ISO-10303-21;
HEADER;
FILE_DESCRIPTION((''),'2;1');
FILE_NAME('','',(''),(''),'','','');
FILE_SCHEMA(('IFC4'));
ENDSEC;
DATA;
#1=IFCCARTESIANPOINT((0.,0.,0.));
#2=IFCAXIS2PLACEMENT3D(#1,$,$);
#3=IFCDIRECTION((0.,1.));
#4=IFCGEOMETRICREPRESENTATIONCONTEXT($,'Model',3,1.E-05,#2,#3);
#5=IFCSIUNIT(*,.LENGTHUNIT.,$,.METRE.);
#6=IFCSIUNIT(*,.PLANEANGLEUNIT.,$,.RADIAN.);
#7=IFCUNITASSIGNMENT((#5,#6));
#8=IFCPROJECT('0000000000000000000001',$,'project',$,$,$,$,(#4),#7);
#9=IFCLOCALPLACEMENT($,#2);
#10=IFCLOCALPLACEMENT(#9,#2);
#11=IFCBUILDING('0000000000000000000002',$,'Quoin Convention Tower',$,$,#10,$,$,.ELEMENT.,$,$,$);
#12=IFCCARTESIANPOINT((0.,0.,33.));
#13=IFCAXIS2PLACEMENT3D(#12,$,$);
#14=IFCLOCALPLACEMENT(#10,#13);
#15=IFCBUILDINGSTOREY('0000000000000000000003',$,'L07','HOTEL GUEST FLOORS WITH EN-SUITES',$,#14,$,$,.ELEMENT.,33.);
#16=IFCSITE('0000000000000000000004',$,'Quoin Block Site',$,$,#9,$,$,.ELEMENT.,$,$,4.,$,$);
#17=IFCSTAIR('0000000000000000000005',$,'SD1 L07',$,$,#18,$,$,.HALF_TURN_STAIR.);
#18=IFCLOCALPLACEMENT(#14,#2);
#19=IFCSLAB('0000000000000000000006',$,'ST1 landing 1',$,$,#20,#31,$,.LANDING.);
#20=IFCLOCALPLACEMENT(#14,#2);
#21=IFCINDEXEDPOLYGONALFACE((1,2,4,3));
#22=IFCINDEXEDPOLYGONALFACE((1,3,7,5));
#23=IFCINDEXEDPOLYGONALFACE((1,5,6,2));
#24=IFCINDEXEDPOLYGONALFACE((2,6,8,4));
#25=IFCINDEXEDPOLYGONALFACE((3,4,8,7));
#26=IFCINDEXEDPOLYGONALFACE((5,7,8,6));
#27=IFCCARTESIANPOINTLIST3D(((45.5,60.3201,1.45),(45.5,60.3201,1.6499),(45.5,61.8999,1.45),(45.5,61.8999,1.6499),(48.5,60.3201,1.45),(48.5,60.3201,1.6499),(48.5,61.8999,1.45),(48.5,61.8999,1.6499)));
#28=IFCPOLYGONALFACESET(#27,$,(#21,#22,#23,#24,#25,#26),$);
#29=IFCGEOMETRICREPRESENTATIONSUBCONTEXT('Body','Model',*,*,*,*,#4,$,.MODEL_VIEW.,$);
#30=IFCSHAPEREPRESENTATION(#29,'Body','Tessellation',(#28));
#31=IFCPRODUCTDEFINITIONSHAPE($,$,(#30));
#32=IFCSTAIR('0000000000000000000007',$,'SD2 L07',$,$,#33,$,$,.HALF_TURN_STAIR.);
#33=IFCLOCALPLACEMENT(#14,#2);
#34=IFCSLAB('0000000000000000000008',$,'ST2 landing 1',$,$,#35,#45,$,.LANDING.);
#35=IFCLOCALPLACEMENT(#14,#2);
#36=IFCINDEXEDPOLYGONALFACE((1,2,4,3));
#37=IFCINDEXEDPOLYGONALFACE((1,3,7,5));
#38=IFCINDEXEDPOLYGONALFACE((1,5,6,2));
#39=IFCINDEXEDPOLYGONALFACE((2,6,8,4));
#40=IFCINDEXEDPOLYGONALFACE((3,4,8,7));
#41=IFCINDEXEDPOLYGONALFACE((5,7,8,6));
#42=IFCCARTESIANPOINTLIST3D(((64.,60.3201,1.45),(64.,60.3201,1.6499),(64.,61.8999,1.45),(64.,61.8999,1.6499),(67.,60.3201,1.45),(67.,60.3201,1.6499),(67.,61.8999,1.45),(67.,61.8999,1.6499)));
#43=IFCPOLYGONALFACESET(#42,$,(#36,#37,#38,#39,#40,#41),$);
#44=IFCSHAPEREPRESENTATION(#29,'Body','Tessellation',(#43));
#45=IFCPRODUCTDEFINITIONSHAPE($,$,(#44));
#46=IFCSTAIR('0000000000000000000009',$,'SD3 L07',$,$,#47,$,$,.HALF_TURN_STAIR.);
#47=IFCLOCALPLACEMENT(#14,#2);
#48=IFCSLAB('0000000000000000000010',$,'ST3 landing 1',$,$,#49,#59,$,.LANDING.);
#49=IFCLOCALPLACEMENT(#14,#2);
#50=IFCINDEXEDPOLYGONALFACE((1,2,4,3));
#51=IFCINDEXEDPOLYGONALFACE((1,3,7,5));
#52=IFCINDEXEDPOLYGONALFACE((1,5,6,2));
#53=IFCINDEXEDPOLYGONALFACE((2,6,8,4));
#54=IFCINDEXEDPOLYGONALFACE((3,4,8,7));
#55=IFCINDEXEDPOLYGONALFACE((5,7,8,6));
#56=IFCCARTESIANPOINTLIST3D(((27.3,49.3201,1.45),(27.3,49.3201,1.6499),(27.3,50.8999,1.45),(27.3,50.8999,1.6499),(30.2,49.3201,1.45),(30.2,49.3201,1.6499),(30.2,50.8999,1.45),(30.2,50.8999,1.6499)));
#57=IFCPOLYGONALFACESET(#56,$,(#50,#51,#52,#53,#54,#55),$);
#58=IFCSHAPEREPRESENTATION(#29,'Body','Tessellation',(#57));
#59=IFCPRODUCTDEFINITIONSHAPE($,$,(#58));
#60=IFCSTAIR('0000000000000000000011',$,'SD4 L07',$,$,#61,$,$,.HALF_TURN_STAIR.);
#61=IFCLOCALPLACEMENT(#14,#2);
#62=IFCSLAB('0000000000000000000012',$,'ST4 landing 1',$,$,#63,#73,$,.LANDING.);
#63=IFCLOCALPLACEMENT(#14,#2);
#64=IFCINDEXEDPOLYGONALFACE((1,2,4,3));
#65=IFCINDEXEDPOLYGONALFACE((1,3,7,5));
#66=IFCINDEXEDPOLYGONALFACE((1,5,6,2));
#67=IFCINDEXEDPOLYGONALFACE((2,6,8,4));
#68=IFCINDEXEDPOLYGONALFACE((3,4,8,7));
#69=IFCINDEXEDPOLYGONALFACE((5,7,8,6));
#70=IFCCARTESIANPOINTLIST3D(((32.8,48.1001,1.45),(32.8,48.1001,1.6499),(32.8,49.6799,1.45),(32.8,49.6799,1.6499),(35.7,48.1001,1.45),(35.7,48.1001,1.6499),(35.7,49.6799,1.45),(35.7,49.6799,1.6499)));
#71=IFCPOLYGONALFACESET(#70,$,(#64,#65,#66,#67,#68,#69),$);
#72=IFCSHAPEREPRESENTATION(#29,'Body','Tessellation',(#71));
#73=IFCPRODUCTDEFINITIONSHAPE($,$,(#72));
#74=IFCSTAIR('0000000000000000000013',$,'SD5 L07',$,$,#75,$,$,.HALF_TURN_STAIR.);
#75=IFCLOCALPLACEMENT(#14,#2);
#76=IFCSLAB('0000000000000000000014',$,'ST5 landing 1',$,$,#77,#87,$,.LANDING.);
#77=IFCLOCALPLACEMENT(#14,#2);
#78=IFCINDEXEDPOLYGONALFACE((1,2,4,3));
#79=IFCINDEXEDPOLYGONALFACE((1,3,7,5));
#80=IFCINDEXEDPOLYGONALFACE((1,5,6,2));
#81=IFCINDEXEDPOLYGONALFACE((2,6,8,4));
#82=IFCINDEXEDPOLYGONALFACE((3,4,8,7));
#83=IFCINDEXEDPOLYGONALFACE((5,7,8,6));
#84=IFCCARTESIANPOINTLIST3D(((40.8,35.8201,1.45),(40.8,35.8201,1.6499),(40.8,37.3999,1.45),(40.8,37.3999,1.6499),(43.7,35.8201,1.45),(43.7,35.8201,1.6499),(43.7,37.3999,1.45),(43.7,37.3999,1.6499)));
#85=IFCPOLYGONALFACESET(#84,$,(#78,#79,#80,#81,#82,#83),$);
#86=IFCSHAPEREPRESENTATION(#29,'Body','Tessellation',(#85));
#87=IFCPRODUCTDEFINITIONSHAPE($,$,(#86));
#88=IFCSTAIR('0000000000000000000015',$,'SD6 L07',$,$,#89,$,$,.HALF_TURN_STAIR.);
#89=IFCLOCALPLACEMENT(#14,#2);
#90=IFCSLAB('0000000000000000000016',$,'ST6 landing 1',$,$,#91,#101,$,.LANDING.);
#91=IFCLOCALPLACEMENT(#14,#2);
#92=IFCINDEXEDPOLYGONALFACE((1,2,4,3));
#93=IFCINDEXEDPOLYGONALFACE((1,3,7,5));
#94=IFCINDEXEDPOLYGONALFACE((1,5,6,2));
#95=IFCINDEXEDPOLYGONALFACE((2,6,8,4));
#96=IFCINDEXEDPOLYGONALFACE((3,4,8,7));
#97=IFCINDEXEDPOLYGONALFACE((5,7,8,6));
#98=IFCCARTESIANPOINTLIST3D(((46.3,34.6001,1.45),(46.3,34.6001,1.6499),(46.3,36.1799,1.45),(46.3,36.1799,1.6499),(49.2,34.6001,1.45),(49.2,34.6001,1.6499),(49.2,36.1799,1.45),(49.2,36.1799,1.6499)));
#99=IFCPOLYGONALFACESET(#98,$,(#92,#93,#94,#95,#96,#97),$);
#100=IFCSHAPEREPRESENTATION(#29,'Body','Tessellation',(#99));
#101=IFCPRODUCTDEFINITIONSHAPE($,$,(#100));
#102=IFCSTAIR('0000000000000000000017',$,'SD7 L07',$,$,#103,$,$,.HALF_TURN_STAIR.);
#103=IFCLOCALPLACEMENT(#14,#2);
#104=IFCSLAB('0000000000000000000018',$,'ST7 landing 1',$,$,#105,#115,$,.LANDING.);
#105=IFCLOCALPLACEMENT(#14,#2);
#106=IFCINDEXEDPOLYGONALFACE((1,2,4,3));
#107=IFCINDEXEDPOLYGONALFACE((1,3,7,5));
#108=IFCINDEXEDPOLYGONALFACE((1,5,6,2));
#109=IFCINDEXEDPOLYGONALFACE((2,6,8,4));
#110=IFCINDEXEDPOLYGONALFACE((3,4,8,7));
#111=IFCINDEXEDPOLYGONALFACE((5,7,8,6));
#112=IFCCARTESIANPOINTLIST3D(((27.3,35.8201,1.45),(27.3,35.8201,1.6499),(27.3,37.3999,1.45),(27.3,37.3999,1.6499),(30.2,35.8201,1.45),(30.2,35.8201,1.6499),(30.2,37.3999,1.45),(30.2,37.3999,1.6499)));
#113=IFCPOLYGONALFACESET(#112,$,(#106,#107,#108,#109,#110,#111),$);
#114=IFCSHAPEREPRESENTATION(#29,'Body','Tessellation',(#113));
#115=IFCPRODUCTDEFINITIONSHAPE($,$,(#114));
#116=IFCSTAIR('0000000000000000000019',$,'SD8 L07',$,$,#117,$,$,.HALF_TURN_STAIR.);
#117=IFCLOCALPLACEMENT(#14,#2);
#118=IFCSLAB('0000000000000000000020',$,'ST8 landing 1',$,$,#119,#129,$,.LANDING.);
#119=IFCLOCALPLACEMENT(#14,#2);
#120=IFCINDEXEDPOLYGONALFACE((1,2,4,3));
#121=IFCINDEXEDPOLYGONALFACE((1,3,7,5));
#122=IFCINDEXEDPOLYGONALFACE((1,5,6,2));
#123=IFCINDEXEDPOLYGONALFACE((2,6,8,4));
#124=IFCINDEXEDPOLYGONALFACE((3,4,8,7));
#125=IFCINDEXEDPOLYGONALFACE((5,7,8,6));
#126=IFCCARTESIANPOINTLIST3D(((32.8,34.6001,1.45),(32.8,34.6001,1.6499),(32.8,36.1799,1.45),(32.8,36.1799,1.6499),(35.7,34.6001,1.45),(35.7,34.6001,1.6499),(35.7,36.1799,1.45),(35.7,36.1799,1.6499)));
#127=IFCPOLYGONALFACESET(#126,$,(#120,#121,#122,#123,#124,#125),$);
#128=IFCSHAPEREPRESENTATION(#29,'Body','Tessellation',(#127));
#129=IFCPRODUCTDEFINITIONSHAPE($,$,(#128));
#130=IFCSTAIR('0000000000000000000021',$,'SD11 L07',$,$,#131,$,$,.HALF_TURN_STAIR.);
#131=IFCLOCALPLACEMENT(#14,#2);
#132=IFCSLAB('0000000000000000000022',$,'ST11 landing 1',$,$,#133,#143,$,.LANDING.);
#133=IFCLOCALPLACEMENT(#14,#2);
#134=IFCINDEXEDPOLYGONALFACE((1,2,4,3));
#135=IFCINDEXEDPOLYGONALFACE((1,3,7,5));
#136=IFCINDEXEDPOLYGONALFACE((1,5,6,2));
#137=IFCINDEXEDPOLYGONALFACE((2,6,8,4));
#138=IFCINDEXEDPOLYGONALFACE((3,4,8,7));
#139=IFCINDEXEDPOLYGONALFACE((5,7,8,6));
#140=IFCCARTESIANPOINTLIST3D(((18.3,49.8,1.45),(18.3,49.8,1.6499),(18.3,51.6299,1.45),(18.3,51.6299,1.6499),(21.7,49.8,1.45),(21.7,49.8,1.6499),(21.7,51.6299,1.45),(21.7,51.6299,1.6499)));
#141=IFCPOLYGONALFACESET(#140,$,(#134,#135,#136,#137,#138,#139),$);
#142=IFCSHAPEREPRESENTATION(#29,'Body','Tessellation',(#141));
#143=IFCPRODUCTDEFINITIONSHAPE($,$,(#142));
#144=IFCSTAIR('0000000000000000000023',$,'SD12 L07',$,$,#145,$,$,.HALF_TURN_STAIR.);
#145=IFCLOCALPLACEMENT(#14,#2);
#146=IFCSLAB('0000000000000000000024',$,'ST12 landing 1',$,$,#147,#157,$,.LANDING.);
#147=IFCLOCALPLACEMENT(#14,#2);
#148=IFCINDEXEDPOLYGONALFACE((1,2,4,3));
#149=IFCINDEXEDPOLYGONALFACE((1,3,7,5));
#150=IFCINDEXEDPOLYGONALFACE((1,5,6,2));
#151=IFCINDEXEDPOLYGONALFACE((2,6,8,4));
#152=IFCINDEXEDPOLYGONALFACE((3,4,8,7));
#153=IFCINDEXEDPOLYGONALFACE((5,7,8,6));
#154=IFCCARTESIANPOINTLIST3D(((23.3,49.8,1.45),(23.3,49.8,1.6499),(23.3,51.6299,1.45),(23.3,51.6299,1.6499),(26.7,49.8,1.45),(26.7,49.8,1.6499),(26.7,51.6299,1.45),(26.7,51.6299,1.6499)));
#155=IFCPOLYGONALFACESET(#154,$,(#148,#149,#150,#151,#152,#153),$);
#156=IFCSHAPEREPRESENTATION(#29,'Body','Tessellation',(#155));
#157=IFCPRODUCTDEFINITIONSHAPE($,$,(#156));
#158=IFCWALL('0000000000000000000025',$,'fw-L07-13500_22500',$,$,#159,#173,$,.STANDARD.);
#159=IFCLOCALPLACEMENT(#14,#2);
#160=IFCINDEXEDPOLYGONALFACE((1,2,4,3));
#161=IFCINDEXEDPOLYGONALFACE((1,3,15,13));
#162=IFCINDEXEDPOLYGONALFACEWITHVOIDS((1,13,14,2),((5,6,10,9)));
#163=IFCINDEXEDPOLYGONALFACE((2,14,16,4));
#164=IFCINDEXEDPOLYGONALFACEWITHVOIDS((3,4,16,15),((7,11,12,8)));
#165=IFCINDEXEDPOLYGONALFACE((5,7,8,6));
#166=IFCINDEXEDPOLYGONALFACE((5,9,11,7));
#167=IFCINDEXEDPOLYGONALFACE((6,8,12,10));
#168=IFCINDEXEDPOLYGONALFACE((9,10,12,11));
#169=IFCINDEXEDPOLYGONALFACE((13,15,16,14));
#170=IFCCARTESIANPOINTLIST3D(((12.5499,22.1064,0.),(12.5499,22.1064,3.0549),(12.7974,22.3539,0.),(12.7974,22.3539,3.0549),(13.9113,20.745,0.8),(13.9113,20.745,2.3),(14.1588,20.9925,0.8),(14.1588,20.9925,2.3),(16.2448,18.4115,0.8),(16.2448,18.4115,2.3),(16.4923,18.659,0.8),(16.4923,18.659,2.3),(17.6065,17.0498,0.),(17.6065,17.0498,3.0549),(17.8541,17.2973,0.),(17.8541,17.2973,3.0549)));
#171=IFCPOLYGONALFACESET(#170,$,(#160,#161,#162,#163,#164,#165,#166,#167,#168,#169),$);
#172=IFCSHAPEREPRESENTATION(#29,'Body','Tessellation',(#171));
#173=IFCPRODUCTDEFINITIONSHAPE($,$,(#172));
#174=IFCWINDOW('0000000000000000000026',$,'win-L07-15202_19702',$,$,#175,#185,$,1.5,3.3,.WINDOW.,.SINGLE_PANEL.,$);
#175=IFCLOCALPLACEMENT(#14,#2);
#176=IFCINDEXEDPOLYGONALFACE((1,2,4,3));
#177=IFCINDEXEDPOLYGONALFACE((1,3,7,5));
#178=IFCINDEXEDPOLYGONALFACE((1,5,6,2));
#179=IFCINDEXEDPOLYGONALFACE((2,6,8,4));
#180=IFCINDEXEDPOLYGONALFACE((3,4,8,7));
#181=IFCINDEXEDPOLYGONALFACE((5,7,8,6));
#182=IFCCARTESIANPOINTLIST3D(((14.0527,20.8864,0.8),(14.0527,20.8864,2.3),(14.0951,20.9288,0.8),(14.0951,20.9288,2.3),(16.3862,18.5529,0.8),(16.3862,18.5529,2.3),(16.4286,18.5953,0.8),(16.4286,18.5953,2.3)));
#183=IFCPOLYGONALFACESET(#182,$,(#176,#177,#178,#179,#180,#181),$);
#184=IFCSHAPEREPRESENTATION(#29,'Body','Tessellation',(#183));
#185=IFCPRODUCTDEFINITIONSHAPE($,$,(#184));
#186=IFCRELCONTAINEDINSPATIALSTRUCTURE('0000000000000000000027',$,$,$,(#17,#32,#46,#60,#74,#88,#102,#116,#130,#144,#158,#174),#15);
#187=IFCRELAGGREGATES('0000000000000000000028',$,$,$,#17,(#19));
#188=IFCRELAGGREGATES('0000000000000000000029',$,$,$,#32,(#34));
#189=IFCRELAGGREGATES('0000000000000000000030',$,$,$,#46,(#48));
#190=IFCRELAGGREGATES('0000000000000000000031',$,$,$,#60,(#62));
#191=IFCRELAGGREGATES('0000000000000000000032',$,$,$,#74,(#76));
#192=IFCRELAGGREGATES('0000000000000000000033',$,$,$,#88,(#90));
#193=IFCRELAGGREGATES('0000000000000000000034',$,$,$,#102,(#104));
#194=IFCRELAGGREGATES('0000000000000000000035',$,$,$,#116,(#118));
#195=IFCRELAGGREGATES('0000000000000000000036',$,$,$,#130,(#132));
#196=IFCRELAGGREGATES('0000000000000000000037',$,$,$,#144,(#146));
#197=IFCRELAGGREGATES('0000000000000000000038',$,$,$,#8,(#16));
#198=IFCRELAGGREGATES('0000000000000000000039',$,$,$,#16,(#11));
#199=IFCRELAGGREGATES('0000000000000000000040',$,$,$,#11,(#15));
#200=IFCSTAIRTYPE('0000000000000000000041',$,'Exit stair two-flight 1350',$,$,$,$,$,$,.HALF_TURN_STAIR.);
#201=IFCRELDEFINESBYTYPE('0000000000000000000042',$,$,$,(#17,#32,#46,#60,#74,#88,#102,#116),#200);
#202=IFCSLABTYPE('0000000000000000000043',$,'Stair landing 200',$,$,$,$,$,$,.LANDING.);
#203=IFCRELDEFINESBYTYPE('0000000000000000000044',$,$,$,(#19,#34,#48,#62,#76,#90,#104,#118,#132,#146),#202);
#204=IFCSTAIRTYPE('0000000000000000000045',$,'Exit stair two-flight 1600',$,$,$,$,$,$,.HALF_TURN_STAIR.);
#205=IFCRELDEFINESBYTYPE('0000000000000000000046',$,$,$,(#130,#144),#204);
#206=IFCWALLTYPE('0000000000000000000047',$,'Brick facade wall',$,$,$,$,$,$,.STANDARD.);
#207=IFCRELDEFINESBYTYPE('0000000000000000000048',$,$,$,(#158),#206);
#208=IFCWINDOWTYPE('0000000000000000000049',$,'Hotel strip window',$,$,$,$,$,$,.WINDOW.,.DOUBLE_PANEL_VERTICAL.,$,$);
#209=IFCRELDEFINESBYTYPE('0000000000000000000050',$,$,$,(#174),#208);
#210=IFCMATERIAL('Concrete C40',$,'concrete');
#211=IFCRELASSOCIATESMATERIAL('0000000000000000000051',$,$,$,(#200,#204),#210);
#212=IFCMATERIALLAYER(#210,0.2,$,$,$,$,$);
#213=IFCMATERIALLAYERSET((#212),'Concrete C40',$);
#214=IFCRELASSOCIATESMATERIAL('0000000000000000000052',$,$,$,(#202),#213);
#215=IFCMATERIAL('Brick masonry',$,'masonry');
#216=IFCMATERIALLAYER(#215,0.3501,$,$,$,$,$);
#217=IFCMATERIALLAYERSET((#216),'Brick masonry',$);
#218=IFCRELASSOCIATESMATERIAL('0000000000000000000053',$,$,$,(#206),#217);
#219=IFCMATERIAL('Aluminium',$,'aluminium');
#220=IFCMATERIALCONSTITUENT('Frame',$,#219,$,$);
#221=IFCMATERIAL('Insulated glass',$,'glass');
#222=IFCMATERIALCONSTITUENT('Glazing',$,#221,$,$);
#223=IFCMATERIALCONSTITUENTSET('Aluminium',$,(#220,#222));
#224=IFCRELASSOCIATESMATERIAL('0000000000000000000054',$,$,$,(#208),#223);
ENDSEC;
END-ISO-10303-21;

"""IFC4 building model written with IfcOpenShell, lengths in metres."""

from ifc_helpers import new_model, si_unit, direction, frame, frame_2d, origin, place, context, subcontext, project, spatial, polyline, rectangle, outline, extrude, material, layer, layer_set, constituent, constituent_set, type_object, element, fill, aggregate, save


model = new_model("IFC4")

# Units and contexts
model_context = context("Model", 3, precision=1e-05, world=origin(), true_north=direction((0.0, 1.0)))
body_context = subcontext(model_context, "Body", "Model", "MODEL_VIEW")
ifc_project = project(units=[si_unit("LENGTHUNIT", "METRE"), si_unit("PLANEANGLEUNIT", "RADIAN")], contexts=[model_context])

# Site, building, storey
site_placement = place(None, origin())
site = spatial("IfcSite", under=ifc_project, at=site_placement, Name="Quoin Block Site", CompositionType="ELEMENT", RefElevation=4.0)
building_placement = place(site_placement, origin())
building = spatial("IfcBuilding", under=site, at=building_placement, Name="Quoin Convention Tower", CompositionType="ELEMENT")
storey_placement = place(building_placement, frame((0.0, 0.0, 33.0)))
storey = spatial("IfcBuildingStorey", under=building, at=storey_placement, Name="L07", Description="HOTEL GUEST FLOORS WITH EN-SUITES", CompositionType="ELEMENT", Elevation=33.0)

# Stairs, slabs
ifc_material_1 = material(Name="Concrete C40", Category="concrete")
stair_type_1 = type_object("IfcStairType", Name="Exit stair two-flight 1350", PredefinedType="HALF_TURN_STAIR", material=ifc_material_1)
stair_1_placement = place(storey_placement, origin())
stair_1 = element("IfcStair", 1, at=stair_1_placement, inside=storey, type_object=stair_type_1, Name="SD1 L07", PredefinedType="HALF_TURN_STAIR")
ifc_layer_1 = layer(ifc_material_1, 0.2)
ifc_layer_set_1 = layer_set([ifc_layer_1], Name="Concrete C40")
slab_type_1 = type_object("IfcSlabType", Name="Stair landing 200", PredefinedType="LANDING", material=ifc_layer_set_1)
slab_1_placement = place(storey_placement, frame((0.0, 0.0, 1.45)))
slab_1 = element("IfcSlab", 2, at=slab_1_placement, type_object=slab_type_1, Name="ST1 landing 1", PredefinedType="LANDING", context=body_context, shape_type="SweptSolid", body=[
    extrude(outline(polyline([(45.5, 60.3201), (48.5, 60.3201), (48.5, 61.8999), (45.5, 61.8999), (45.5, 60.3201)])), origin(), (0.0, 0.0, 1.0), 0.2),
])
aggregate(stair_1, [slab_1])
stair_2_placement = place(storey_placement, origin())
stair_2 = element("IfcStair", 3, at=stair_2_placement, inside=storey, type_object=stair_type_1, Name="SD2 L07", PredefinedType="HALF_TURN_STAIR")
slab_2_placement = place(storey_placement, frame((0.0, 0.0, 1.45)))
slab_2 = element("IfcSlab", 4, at=slab_2_placement, type_object=slab_type_1, Name="ST2 landing 1", PredefinedType="LANDING", context=body_context, shape_type="SweptSolid", body=[
    extrude(outline(polyline([(64.0, 60.3201), (67.0, 60.3201), (67.0, 61.8999), (64.0, 61.8999), (64.0, 60.3201)])), origin(), (0.0, 0.0, 1.0), 0.2),
])
aggregate(stair_2, [slab_2])
stair_3_placement = place(storey_placement, origin())
stair_3 = element("IfcStair", 5, at=stair_3_placement, inside=storey, type_object=stair_type_1, Name="SD3 L07", PredefinedType="HALF_TURN_STAIR")
slab_3_placement = place(storey_placement, frame((0.0, 0.0, 1.45)))
slab_3 = element("IfcSlab", 6, at=slab_3_placement, type_object=slab_type_1, Name="ST3 landing 1", PredefinedType="LANDING", context=body_context, shape_type="SweptSolid", body=[
    extrude(outline(polyline([(27.3, 49.3201), (30.2, 49.3201), (30.2, 50.8999), (27.3, 50.8999), (27.3, 49.3201)])), origin(), (0.0, 0.0, 1.0), 0.2),
])
aggregate(stair_3, [slab_3])
stair_4_placement = place(storey_placement, origin())
stair_4 = element("IfcStair", 7, at=stair_4_placement, inside=storey, type_object=stair_type_1, Name="SD4 L07", PredefinedType="HALF_TURN_STAIR")
slab_4_placement = place(storey_placement, frame((0.0, 0.0, 1.45)))
slab_4 = element("IfcSlab", 8, at=slab_4_placement, type_object=slab_type_1, Name="ST4 landing 1", PredefinedType="LANDING", context=body_context, shape_type="SweptSolid", body=[
    extrude(outline(polyline([(35.7, 49.6799), (32.8, 49.6799), (32.8, 48.1001), (35.7, 48.1001), (35.7, 49.6799)])), origin(), (0.0, 0.0, 1.0), 0.2),
])
aggregate(stair_4, [slab_4])
stair_5_placement = place(storey_placement, origin())
stair_5 = element("IfcStair", 9, at=stair_5_placement, inside=storey, type_object=stair_type_1, Name="SD5 L07", PredefinedType="HALF_TURN_STAIR")
slab_5_placement = place(storey_placement, frame((0.0, 0.0, 1.45)))
slab_5 = element("IfcSlab", 10, at=slab_5_placement, type_object=slab_type_1, Name="ST5 landing 1", PredefinedType="LANDING", context=body_context, shape_type="SweptSolid", body=[
    extrude(outline(polyline([(40.8, 35.8201), (43.7, 35.8201), (43.7, 37.3999), (40.8, 37.3999), (40.8, 35.8201)])), origin(), (0.0, 0.0, 1.0), 0.2),
])
aggregate(stair_5, [slab_5])
stair_6_placement = place(storey_placement, origin())
stair_6 = element("IfcStair", 11, at=stair_6_placement, inside=storey, type_object=stair_type_1, Name="SD6 L07", PredefinedType="HALF_TURN_STAIR")
slab_6_placement = place(storey_placement, frame((0.0, 0.0, 1.45)))
slab_6 = element("IfcSlab", 12, at=slab_6_placement, type_object=slab_type_1, Name="ST6 landing 1", PredefinedType="LANDING", context=body_context, shape_type="SweptSolid", body=[
    extrude(outline(polyline([(49.2, 36.1799), (46.3, 36.1799), (46.3, 34.6001), (49.2, 34.6001), (49.2, 36.1799)])), origin(), (0.0, 0.0, 1.0), 0.2),
])
aggregate(stair_6, [slab_6])
stair_7_placement = place(storey_placement, origin())
stair_7 = element("IfcStair", 13, at=stair_7_placement, inside=storey, type_object=stair_type_1, Name="SD7 L07", PredefinedType="HALF_TURN_STAIR")
slab_7_placement = place(storey_placement, frame((0.0, 0.0, 1.45)))
slab_7 = element("IfcSlab", 14, at=slab_7_placement, type_object=slab_type_1, Name="ST7 landing 1", PredefinedType="LANDING", context=body_context, shape_type="SweptSolid", body=[
    extrude(outline(polyline([(27.3, 35.8201), (30.2, 35.8201), (30.2, 37.3999), (27.3, 37.3999), (27.3, 35.8201)])), origin(), (0.0, 0.0, 1.0), 0.2),
])
aggregate(stair_7, [slab_7])
stair_8_placement = place(storey_placement, origin())
stair_8 = element("IfcStair", 15, at=stair_8_placement, inside=storey, type_object=stair_type_1, Name="SD8 L07", PredefinedType="HALF_TURN_STAIR")
slab_8_placement = place(storey_placement, frame((0.0, 0.0, 1.45)))
slab_8 = element("IfcSlab", 16, at=slab_8_placement, type_object=slab_type_1, Name="ST8 landing 1", PredefinedType="LANDING", context=body_context, shape_type="SweptSolid", body=[
    extrude(outline(polyline([(35.7, 36.1799), (32.8, 36.1799), (32.8, 34.6001), (35.7, 34.6001), (35.7, 36.1799)])), origin(), (0.0, 0.0, 1.0), 0.2),
])
aggregate(stair_8, [slab_8])
stair_type_2 = type_object("IfcStairType", Name="Exit stair two-flight 1600", PredefinedType="HALF_TURN_STAIR", material=ifc_material_1)
stair_9_placement = place(storey_placement, origin())
stair_9 = element("IfcStair", 17, at=stair_9_placement, inside=storey, type_object=stair_type_2, Name="SD11 L07", PredefinedType="HALF_TURN_STAIR")
slab_9_placement = place(storey_placement, frame((0.0, 0.0, 1.45)))
slab_9 = element("IfcSlab", 18, at=slab_9_placement, type_object=slab_type_1, Name="ST11 landing 1", PredefinedType="LANDING", context=body_context, shape_type="SweptSolid", body=[
    extrude(outline(polyline([(21.7, 51.6299), (18.3, 51.6299), (18.3, 49.8), (21.7, 49.8), (21.7, 51.6299)])), origin(), (0.0, 0.0, 1.0), 0.2),
])
aggregate(stair_9, [slab_9])
stair_10_placement = place(storey_placement, origin())
stair_10 = element("IfcStair", 19, at=stair_10_placement, inside=storey, type_object=stair_type_2, Name="SD12 L07", PredefinedType="HALF_TURN_STAIR")
slab_10_placement = place(storey_placement, frame((0.0, 0.0, 1.45)))
slab_10 = element("IfcSlab", 20, at=slab_10_placement, type_object=slab_type_1, Name="ST12 landing 1", PredefinedType="LANDING", context=body_context, shape_type="SweptSolid", body=[
    extrude(outline(polyline([(26.7, 51.6299), (23.3, 51.6299), (23.3, 49.8), (26.7, 49.8), (26.7, 51.6299)])), origin(), (0.0, 0.0, 1.0), 0.2),
])
aggregate(stair_10, [slab_10])

# Wall, opening, window
ifc_material_2 = material(Name="Brick masonry", Category="masonry")
ifc_layer_2 = layer(ifc_material_2, 0.3501)
ifc_layer_set_2 = layer_set([ifc_layer_2], Name="Brick masonry")
wall_type_1 = type_object("IfcWallType", Name="Brick facade wall", PredefinedType="STANDARD", material=ifc_layer_set_2)
wall_1_placement = place(storey_placement, frame((12.6736, 22.2302, 0.0), z_axis=(0.0, 0.0, 1.0), x_axis=(0.707107, -0.707107, 0.0)))
wall_1 = element("IfcWall", 21, at=wall_1_placement, inside=storey, type_object=wall_type_1, Name="fw-L07-13500_22500", PredefinedType="STANDARD", context=body_context, shape_type="SweptSolid", body=[
    extrude(rectangle(XDim=7.1511, YDim=0.3501, at=frame_2d((3.5757, 0.0))), origin(), (0.0, 0.0, 1.0), 3.0549),
])
opening_1_placement = place(wall_1_placement, frame((1.9255, 0.0, 0.8)))
opening_1 = element("IfcOpeningElement", 22, at=opening_1_placement, cuts=wall_1, PredefinedType="OPENING", context=body_context, shape_type="SweptSolid", body=[
    extrude(rectangle(XDim=3.3, YDim=1.5, at=frame_2d((1.6499, 0.75))), frame((0.0, 0.1851, 0.0), z_axis=(0.0, -1.0, 0.0), x_axis=(1.0, 0.0, 0.0)), (0.0, 0.0, 1.0), 0.3701),
])
ifc_material_3 = material(Name="Aluminium", Category="aluminium")
ifc_constituent_1 = constituent(ifc_material_3, Name="Frame")
ifc_material_4 = material(Name="Insulated glass", Category="glass")
ifc_constituent_2 = constituent(ifc_material_4, Name="Glazing")
ifc_constituent_set = constituent_set(constituents=[ifc_constituent_1, ifc_constituent_2], Name="Aluminium")
window_type = type_object("IfcWindowType", Name="Hotel strip window", PartitioningType="DOUBLE_PANEL_VERTICAL", PredefinedType="WINDOW", material=ifc_constituent_set)
window_1_placement = place(opening_1_placement, origin())
window_1 = element("IfcWindow", 23, at=window_1_placement, inside=storey, type_object=window_type, Name="win-L07-15202_19702", OverallHeight=1.5, OverallWidth=3.3, PartitioningType="SINGLE_PANEL", PredefinedType="WINDOW", context=body_context, shape_type="SweptSolid", body=[
    extrude(rectangle(XDim=3.3, YDim=1.5, at=frame_2d((1.6499, 0.75))), frame((0.0, 0.085, 0.0), z_axis=(0.0, -1.0, 0.0), x_axis=(1.0, 0.0, 0.0)), (0.0, 0.0, 1.0), 0.0601),
])
fill(opening_1, window_1)

save(model, "model.ifc")
